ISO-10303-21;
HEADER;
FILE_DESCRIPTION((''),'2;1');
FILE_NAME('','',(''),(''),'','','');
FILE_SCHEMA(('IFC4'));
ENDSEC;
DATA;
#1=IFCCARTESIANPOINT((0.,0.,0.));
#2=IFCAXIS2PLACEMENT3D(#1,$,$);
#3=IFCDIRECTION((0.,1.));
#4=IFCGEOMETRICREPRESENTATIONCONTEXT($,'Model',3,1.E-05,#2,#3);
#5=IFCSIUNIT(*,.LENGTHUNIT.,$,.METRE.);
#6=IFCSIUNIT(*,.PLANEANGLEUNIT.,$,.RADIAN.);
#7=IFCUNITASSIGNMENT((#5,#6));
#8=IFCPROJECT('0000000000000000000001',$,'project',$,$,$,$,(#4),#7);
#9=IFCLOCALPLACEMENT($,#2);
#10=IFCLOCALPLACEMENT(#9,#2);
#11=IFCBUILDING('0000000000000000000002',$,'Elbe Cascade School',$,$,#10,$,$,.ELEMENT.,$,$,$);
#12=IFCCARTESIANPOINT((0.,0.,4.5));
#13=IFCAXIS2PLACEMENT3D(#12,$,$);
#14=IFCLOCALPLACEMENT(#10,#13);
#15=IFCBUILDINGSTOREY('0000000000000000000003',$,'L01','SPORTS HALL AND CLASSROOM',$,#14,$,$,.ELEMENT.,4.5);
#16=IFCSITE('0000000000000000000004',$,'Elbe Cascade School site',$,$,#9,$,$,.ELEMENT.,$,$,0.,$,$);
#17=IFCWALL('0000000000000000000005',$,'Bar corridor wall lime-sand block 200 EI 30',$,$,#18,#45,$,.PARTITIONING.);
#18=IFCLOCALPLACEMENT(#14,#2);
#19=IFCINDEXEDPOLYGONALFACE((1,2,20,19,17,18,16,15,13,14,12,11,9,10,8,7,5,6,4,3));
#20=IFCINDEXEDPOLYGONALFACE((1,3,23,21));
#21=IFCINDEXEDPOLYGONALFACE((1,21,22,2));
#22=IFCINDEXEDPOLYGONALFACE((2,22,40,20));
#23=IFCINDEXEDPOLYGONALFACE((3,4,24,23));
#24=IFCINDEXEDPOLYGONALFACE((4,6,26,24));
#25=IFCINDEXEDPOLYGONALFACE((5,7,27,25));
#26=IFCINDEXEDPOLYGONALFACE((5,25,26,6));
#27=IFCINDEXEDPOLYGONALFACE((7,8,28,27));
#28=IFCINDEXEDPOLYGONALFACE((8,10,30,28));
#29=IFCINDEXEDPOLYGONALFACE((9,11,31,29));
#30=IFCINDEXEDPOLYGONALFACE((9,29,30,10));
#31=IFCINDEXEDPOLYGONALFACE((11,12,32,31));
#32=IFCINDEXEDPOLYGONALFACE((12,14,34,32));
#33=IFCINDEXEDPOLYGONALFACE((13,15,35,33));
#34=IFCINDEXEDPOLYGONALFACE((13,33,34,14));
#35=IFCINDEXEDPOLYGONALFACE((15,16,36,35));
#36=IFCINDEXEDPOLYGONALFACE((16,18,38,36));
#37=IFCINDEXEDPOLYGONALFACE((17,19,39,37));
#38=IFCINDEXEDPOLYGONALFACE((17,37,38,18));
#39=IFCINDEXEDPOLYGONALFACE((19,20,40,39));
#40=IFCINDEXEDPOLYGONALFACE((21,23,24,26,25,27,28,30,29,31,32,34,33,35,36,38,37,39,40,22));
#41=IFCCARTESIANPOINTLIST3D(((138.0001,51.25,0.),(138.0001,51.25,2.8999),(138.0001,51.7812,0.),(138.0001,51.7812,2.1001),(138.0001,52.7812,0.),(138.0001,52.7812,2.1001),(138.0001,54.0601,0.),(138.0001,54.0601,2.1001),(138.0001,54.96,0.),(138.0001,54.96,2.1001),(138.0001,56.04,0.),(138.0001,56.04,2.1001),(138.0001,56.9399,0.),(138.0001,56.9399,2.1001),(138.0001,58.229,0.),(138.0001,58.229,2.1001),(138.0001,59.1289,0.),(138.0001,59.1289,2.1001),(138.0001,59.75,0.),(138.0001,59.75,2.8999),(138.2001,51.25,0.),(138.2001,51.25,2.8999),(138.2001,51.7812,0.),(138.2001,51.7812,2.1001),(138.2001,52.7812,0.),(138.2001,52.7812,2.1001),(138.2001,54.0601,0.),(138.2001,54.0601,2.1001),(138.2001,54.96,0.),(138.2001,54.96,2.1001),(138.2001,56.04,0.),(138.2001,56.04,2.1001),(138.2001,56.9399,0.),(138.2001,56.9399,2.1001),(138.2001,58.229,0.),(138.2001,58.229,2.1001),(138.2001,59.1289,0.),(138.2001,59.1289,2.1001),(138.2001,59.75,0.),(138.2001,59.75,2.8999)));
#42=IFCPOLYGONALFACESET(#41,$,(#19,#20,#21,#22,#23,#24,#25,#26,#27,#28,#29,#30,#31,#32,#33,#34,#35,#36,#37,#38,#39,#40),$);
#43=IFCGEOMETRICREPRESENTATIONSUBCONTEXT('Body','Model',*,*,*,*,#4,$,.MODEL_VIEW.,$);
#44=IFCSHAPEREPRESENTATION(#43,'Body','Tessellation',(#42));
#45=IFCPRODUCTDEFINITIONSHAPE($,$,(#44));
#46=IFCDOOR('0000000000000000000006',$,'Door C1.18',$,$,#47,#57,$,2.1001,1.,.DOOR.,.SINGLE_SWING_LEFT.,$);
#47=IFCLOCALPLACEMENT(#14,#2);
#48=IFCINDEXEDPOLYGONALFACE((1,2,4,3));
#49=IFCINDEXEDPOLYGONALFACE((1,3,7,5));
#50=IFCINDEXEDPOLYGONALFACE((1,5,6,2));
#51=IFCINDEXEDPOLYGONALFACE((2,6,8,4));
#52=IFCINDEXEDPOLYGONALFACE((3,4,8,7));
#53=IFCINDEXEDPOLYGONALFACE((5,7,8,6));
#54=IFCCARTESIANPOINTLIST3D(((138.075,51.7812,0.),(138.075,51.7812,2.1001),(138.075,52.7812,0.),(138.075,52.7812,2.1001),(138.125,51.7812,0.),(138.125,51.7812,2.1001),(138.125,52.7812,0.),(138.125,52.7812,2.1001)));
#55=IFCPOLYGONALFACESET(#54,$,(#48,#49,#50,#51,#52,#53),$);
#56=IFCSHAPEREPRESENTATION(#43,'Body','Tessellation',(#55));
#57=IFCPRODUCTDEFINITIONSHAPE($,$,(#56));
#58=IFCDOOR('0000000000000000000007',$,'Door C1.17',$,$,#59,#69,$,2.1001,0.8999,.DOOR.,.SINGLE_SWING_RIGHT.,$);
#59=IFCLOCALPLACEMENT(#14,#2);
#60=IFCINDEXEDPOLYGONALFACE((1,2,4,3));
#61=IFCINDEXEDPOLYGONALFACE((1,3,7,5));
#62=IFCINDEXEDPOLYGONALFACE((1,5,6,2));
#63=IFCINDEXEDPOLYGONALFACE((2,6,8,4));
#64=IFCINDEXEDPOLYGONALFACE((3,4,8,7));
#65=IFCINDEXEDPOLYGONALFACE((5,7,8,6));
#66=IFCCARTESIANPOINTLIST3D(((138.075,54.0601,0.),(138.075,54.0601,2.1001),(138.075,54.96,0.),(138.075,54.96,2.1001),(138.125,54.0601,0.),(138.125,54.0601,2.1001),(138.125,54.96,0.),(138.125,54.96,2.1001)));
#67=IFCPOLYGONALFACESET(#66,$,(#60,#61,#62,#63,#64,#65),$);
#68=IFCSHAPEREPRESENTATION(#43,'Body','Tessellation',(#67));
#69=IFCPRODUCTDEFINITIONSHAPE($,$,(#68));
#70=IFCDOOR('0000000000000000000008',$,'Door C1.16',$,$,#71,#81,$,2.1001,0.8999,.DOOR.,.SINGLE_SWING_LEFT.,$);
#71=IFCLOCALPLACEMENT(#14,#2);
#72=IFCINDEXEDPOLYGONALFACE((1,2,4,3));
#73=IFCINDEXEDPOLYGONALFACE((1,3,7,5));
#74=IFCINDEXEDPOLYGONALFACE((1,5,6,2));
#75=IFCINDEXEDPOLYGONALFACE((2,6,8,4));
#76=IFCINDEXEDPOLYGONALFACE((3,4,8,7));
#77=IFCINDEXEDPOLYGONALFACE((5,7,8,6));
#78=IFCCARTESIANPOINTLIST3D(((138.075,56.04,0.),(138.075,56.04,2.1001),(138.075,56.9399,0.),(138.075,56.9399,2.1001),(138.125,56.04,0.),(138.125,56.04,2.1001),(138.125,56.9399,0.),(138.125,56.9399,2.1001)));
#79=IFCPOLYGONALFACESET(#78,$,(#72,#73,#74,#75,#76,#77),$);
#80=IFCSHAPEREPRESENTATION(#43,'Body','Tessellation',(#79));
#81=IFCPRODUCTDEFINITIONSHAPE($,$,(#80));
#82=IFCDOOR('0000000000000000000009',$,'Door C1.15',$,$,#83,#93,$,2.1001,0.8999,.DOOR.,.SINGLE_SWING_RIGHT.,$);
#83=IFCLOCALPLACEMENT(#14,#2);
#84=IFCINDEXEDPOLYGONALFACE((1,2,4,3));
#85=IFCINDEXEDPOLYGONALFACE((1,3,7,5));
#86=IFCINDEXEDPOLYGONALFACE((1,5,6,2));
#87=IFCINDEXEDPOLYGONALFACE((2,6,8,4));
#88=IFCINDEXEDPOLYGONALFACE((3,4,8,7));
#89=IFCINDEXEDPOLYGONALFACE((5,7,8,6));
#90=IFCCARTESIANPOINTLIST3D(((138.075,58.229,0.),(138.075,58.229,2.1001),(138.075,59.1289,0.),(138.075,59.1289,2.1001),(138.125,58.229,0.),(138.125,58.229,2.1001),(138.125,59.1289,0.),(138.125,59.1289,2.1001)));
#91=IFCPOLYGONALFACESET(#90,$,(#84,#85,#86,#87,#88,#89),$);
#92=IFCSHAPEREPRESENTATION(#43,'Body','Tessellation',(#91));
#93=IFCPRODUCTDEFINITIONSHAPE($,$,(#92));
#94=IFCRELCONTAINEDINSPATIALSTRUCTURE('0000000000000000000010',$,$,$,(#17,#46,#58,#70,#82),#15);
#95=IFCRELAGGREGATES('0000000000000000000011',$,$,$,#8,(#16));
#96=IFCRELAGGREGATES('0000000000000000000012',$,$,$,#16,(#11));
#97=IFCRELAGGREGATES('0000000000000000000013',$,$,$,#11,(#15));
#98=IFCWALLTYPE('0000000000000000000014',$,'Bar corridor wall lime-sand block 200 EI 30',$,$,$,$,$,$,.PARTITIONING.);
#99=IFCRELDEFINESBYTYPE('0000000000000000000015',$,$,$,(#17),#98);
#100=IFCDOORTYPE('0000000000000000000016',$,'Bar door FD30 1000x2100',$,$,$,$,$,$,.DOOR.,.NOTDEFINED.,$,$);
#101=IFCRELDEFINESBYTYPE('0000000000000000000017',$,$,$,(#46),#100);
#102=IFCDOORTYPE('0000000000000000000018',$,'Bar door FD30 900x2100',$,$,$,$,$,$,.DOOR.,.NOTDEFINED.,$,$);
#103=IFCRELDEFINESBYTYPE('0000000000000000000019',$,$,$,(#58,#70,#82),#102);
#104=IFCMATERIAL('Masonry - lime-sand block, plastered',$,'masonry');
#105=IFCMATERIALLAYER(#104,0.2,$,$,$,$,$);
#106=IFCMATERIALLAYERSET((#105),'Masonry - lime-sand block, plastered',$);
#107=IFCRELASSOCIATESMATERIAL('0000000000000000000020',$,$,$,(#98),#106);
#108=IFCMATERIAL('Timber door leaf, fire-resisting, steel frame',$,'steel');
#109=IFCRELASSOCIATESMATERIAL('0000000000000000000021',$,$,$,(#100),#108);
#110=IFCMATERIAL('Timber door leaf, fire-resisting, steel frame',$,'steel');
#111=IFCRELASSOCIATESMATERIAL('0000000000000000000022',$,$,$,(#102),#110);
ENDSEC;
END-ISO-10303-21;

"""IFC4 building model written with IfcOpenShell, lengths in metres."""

from ifc_helpers import new_model, si_unit, direction, frame, frame_2d, origin, place, context, subcontext, project, spatial, rectangle, extrude, material, layer, layer_set, type_object, element, fill, save


model = new_model("IFC4")

# Units and contexts
model_context = context("Model", 3, precision=1e-05, world=origin(), true_north=direction((0.0, 1.0)))
body_context = subcontext(model_context, "Body", "Model", "MODEL_VIEW")
ifc_project = project(units=[si_unit("LENGTHUNIT", "METRE"), si_unit("PLANEANGLEUNIT", "RADIAN")], contexts=[model_context])

# Site, building, storey
site_placement = place(None, origin())
site = spatial("IfcSite", under=ifc_project, at=site_placement, Name="Elbe Cascade School site", CompositionType="ELEMENT", RefElevation=0.0)
building_placement = place(site_placement, origin())
building = spatial("IfcBuilding", under=site, at=building_placement, Name="Elbe Cascade School", CompositionType="ELEMENT")
storey_placement = place(building_placement, frame((0.0, 0.0, 4.5)))
storey = spatial("IfcBuildingStorey", under=building, at=storey_placement, Name="L01", Description="SPORTS HALL AND CLASSROOM", CompositionType="ELEMENT", Elevation=4.5)

# Wall, openings, doors
ifc_material_1 = material(Name="Masonry - lime-sand block, plastered", Category="masonry")
ifc_layer_1 = layer(ifc_material_1, 0.2)
ifc_layer_set_1 = layer_set([ifc_layer_1], Name="Masonry - lime-sand block, plastered")
wall_type_1 = type_object("IfcWallType", Name="Bar corridor wall lime-sand block 200 EI 30", PredefinedType="PARTITIONING", material=ifc_layer_set_1)
wall_1_placement = place(storey_placement, frame((138.1001, 59.75, 0.0), z_axis=(0.0, 0.0, 1.0), x_axis=(0.0, -1.0, 0.0)))
wall_1 = element("IfcWall", 1, at=wall_1_placement, inside=storey, type_object=wall_type_1, Name="Bar corridor wall lime-sand block 200 EI 30", PredefinedType="PARTITIONING", context=body_context, shape_type="SweptSolid", body=[
    extrude(rectangle(XDim=8.5, YDim=0.2, at=frame_2d((4.25, 0.0))), origin(), (0.0, 0.0, 1.0), 2.8999),
])
opening_1_placement = place(wall_1_placement, frame((6.9688, 0.0, 0.0)))
opening_1 = element("IfcOpeningElement", 2, at=opening_1_placement, cuts=wall_1, PredefinedType="OPENING", context=body_context, shape_type="SweptSolid", body=[
    extrude(rectangle(XDim=1.0, YDim=2.1001, at=frame_2d((0.5, 1.05))), frame((0.0, 0.1099, 0.0), z_axis=(0.0, -1.0, 0.0), x_axis=(1.0, 0.0, 0.0)), (0.0, 0.0, 1.0), 0.22),
])
opening_2_placement = place(wall_1_placement, frame((4.79, 0.0, 0.0)))
opening_2 = element("IfcOpeningElement", 3, at=opening_2_placement, cuts=wall_1, PredefinedType="OPENING", context=body_context, shape_type="SweptSolid", body=[
    extrude(rectangle(XDim=0.8999, YDim=2.1001, at=frame_2d((0.45, 1.05))), frame((0.0, 0.1099, 0.0), z_axis=(0.0, -1.0, 0.0), x_axis=(1.0, 0.0, 0.0)), (0.0, 0.0, 1.0), 0.22),
])
opening_3_placement = place(wall_1_placement, frame((2.8101, 0.0, 0.0)))
opening_3 = element("IfcOpeningElement", 4, at=opening_3_placement, cuts=wall_1, PredefinedType="OPENING", context=body_context, shape_type="SweptSolid", body=[
    extrude(rectangle(XDim=0.8999, YDim=2.1001, at=frame_2d((0.45, 1.05))), frame((0.0, 0.1099, 0.0), z_axis=(0.0, -1.0, 0.0), x_axis=(1.0, 0.0, 0.0)), (0.0, 0.0, 1.0), 0.22),
])
opening_4_placement = place(wall_1_placement, frame((0.6211, 0.0, 0.0)))
opening_4 = element("IfcOpeningElement", 5, at=opening_4_placement, cuts=wall_1, PredefinedType="OPENING", context=body_context, shape_type="SweptSolid", body=[
    extrude(rectangle(XDim=0.8999, YDim=2.1001, at=frame_2d((0.45, 1.05))), frame((0.0, 0.1099, 0.0), z_axis=(0.0, -1.0, 0.0), x_axis=(1.0, 0.0, 0.0)), (0.0, 0.0, 1.0), 0.22),
])
ifc_material_2 = material(Name="Timber door leaf, fire-resisting, steel frame", Category="steel")
door_type_1 = type_object("IfcDoorType", Name="Bar door FD30 1000x2100", OperationType="NOTDEFINED", PredefinedType="DOOR", material=ifc_material_2)
door_1_placement = place(opening_1_placement, origin())
door_1 = element("IfcDoor", 6, at=door_1_placement, inside=storey, type_object=door_type_1, Name="Door C1.18", OperationType="SINGLE_SWING_LEFT", OverallHeight=2.1001, OverallWidth=1.0, PredefinedType="DOOR", context=body_context, shape_type="SweptSolid", body=[
    extrude(rectangle(XDim=1.0, YDim=2.1001, at=frame_2d((0.5, 1.05))), frame((0.0, 0.0249, 0.0), z_axis=(0.0, -1.0, 0.0), x_axis=(1.0, 0.0, 0.0)), (0.0, 0.0, 1.0), 0.05),
])
fill(opening_1, door_1)
ifc_material_3 = material(Name="Timber door leaf, fire-resisting, steel frame", Category="steel")
door_type_2 = type_object("IfcDoorType", Name="Bar door FD30 900x2100", OperationType="NOTDEFINED", PredefinedType="DOOR", material=ifc_material_3)
door_2_placement = place(opening_2_placement, origin())
door_2 = element("IfcDoor", 7, at=door_2_placement, inside=storey, type_object=door_type_2, Name="Door C1.17", OperationType="SINGLE_SWING_RIGHT", OverallHeight=2.1001, OverallWidth=0.8999, PredefinedType="DOOR", context=body_context, shape_type="SweptSolid", body=[
    extrude(rectangle(XDim=0.8999, YDim=2.1001, at=frame_2d((0.45, 1.05))), frame((0.0, 0.0249, 0.0), z_axis=(0.0, -1.0, 0.0), x_axis=(1.0, 0.0, 0.0)), (0.0, 0.0, 1.0), 0.05),
])
fill(opening_2, door_2)
door_3_placement = place(opening_3_placement, origin())
door_3 = element("IfcDoor", 8, at=door_3_placement, inside=storey, type_object=door_type_2, Name="Door C1.16", OperationType="SINGLE_SWING_LEFT", OverallHeight=2.1001, OverallWidth=0.8999, PredefinedType="DOOR", context=body_context, shape_type="SweptSolid", body=[
    extrude(rectangle(XDim=0.8999, YDim=2.1001, at=frame_2d((0.45, 1.05))), frame((0.0, 0.0249, 0.0), z_axis=(0.0, -1.0, 0.0), x_axis=(1.0, 0.0, 0.0)), (0.0, 0.0, 1.0), 0.05),
])
fill(opening_3, door_3)
door_4_placement = place(opening_4_placement, origin())
door_4 = element("IfcDoor", 9, at=door_4_placement, inside=storey, type_object=door_type_2, Name="Door C1.15", OperationType="SINGLE_SWING_RIGHT", OverallHeight=2.1001, OverallWidth=0.8999, PredefinedType="DOOR", context=body_context, shape_type="SweptSolid", body=[
    extrude(rectangle(XDim=0.8999, YDim=2.1001, at=frame_2d((0.45, 1.05))), frame((0.0, 0.0249, 0.0), z_axis=(0.0, -1.0, 0.0), x_axis=(1.0, 0.0, 0.0)), (0.0, 0.0, 1.0), 0.05),
])
fill(opening_4, door_4)

save(model, "model.ifc")
